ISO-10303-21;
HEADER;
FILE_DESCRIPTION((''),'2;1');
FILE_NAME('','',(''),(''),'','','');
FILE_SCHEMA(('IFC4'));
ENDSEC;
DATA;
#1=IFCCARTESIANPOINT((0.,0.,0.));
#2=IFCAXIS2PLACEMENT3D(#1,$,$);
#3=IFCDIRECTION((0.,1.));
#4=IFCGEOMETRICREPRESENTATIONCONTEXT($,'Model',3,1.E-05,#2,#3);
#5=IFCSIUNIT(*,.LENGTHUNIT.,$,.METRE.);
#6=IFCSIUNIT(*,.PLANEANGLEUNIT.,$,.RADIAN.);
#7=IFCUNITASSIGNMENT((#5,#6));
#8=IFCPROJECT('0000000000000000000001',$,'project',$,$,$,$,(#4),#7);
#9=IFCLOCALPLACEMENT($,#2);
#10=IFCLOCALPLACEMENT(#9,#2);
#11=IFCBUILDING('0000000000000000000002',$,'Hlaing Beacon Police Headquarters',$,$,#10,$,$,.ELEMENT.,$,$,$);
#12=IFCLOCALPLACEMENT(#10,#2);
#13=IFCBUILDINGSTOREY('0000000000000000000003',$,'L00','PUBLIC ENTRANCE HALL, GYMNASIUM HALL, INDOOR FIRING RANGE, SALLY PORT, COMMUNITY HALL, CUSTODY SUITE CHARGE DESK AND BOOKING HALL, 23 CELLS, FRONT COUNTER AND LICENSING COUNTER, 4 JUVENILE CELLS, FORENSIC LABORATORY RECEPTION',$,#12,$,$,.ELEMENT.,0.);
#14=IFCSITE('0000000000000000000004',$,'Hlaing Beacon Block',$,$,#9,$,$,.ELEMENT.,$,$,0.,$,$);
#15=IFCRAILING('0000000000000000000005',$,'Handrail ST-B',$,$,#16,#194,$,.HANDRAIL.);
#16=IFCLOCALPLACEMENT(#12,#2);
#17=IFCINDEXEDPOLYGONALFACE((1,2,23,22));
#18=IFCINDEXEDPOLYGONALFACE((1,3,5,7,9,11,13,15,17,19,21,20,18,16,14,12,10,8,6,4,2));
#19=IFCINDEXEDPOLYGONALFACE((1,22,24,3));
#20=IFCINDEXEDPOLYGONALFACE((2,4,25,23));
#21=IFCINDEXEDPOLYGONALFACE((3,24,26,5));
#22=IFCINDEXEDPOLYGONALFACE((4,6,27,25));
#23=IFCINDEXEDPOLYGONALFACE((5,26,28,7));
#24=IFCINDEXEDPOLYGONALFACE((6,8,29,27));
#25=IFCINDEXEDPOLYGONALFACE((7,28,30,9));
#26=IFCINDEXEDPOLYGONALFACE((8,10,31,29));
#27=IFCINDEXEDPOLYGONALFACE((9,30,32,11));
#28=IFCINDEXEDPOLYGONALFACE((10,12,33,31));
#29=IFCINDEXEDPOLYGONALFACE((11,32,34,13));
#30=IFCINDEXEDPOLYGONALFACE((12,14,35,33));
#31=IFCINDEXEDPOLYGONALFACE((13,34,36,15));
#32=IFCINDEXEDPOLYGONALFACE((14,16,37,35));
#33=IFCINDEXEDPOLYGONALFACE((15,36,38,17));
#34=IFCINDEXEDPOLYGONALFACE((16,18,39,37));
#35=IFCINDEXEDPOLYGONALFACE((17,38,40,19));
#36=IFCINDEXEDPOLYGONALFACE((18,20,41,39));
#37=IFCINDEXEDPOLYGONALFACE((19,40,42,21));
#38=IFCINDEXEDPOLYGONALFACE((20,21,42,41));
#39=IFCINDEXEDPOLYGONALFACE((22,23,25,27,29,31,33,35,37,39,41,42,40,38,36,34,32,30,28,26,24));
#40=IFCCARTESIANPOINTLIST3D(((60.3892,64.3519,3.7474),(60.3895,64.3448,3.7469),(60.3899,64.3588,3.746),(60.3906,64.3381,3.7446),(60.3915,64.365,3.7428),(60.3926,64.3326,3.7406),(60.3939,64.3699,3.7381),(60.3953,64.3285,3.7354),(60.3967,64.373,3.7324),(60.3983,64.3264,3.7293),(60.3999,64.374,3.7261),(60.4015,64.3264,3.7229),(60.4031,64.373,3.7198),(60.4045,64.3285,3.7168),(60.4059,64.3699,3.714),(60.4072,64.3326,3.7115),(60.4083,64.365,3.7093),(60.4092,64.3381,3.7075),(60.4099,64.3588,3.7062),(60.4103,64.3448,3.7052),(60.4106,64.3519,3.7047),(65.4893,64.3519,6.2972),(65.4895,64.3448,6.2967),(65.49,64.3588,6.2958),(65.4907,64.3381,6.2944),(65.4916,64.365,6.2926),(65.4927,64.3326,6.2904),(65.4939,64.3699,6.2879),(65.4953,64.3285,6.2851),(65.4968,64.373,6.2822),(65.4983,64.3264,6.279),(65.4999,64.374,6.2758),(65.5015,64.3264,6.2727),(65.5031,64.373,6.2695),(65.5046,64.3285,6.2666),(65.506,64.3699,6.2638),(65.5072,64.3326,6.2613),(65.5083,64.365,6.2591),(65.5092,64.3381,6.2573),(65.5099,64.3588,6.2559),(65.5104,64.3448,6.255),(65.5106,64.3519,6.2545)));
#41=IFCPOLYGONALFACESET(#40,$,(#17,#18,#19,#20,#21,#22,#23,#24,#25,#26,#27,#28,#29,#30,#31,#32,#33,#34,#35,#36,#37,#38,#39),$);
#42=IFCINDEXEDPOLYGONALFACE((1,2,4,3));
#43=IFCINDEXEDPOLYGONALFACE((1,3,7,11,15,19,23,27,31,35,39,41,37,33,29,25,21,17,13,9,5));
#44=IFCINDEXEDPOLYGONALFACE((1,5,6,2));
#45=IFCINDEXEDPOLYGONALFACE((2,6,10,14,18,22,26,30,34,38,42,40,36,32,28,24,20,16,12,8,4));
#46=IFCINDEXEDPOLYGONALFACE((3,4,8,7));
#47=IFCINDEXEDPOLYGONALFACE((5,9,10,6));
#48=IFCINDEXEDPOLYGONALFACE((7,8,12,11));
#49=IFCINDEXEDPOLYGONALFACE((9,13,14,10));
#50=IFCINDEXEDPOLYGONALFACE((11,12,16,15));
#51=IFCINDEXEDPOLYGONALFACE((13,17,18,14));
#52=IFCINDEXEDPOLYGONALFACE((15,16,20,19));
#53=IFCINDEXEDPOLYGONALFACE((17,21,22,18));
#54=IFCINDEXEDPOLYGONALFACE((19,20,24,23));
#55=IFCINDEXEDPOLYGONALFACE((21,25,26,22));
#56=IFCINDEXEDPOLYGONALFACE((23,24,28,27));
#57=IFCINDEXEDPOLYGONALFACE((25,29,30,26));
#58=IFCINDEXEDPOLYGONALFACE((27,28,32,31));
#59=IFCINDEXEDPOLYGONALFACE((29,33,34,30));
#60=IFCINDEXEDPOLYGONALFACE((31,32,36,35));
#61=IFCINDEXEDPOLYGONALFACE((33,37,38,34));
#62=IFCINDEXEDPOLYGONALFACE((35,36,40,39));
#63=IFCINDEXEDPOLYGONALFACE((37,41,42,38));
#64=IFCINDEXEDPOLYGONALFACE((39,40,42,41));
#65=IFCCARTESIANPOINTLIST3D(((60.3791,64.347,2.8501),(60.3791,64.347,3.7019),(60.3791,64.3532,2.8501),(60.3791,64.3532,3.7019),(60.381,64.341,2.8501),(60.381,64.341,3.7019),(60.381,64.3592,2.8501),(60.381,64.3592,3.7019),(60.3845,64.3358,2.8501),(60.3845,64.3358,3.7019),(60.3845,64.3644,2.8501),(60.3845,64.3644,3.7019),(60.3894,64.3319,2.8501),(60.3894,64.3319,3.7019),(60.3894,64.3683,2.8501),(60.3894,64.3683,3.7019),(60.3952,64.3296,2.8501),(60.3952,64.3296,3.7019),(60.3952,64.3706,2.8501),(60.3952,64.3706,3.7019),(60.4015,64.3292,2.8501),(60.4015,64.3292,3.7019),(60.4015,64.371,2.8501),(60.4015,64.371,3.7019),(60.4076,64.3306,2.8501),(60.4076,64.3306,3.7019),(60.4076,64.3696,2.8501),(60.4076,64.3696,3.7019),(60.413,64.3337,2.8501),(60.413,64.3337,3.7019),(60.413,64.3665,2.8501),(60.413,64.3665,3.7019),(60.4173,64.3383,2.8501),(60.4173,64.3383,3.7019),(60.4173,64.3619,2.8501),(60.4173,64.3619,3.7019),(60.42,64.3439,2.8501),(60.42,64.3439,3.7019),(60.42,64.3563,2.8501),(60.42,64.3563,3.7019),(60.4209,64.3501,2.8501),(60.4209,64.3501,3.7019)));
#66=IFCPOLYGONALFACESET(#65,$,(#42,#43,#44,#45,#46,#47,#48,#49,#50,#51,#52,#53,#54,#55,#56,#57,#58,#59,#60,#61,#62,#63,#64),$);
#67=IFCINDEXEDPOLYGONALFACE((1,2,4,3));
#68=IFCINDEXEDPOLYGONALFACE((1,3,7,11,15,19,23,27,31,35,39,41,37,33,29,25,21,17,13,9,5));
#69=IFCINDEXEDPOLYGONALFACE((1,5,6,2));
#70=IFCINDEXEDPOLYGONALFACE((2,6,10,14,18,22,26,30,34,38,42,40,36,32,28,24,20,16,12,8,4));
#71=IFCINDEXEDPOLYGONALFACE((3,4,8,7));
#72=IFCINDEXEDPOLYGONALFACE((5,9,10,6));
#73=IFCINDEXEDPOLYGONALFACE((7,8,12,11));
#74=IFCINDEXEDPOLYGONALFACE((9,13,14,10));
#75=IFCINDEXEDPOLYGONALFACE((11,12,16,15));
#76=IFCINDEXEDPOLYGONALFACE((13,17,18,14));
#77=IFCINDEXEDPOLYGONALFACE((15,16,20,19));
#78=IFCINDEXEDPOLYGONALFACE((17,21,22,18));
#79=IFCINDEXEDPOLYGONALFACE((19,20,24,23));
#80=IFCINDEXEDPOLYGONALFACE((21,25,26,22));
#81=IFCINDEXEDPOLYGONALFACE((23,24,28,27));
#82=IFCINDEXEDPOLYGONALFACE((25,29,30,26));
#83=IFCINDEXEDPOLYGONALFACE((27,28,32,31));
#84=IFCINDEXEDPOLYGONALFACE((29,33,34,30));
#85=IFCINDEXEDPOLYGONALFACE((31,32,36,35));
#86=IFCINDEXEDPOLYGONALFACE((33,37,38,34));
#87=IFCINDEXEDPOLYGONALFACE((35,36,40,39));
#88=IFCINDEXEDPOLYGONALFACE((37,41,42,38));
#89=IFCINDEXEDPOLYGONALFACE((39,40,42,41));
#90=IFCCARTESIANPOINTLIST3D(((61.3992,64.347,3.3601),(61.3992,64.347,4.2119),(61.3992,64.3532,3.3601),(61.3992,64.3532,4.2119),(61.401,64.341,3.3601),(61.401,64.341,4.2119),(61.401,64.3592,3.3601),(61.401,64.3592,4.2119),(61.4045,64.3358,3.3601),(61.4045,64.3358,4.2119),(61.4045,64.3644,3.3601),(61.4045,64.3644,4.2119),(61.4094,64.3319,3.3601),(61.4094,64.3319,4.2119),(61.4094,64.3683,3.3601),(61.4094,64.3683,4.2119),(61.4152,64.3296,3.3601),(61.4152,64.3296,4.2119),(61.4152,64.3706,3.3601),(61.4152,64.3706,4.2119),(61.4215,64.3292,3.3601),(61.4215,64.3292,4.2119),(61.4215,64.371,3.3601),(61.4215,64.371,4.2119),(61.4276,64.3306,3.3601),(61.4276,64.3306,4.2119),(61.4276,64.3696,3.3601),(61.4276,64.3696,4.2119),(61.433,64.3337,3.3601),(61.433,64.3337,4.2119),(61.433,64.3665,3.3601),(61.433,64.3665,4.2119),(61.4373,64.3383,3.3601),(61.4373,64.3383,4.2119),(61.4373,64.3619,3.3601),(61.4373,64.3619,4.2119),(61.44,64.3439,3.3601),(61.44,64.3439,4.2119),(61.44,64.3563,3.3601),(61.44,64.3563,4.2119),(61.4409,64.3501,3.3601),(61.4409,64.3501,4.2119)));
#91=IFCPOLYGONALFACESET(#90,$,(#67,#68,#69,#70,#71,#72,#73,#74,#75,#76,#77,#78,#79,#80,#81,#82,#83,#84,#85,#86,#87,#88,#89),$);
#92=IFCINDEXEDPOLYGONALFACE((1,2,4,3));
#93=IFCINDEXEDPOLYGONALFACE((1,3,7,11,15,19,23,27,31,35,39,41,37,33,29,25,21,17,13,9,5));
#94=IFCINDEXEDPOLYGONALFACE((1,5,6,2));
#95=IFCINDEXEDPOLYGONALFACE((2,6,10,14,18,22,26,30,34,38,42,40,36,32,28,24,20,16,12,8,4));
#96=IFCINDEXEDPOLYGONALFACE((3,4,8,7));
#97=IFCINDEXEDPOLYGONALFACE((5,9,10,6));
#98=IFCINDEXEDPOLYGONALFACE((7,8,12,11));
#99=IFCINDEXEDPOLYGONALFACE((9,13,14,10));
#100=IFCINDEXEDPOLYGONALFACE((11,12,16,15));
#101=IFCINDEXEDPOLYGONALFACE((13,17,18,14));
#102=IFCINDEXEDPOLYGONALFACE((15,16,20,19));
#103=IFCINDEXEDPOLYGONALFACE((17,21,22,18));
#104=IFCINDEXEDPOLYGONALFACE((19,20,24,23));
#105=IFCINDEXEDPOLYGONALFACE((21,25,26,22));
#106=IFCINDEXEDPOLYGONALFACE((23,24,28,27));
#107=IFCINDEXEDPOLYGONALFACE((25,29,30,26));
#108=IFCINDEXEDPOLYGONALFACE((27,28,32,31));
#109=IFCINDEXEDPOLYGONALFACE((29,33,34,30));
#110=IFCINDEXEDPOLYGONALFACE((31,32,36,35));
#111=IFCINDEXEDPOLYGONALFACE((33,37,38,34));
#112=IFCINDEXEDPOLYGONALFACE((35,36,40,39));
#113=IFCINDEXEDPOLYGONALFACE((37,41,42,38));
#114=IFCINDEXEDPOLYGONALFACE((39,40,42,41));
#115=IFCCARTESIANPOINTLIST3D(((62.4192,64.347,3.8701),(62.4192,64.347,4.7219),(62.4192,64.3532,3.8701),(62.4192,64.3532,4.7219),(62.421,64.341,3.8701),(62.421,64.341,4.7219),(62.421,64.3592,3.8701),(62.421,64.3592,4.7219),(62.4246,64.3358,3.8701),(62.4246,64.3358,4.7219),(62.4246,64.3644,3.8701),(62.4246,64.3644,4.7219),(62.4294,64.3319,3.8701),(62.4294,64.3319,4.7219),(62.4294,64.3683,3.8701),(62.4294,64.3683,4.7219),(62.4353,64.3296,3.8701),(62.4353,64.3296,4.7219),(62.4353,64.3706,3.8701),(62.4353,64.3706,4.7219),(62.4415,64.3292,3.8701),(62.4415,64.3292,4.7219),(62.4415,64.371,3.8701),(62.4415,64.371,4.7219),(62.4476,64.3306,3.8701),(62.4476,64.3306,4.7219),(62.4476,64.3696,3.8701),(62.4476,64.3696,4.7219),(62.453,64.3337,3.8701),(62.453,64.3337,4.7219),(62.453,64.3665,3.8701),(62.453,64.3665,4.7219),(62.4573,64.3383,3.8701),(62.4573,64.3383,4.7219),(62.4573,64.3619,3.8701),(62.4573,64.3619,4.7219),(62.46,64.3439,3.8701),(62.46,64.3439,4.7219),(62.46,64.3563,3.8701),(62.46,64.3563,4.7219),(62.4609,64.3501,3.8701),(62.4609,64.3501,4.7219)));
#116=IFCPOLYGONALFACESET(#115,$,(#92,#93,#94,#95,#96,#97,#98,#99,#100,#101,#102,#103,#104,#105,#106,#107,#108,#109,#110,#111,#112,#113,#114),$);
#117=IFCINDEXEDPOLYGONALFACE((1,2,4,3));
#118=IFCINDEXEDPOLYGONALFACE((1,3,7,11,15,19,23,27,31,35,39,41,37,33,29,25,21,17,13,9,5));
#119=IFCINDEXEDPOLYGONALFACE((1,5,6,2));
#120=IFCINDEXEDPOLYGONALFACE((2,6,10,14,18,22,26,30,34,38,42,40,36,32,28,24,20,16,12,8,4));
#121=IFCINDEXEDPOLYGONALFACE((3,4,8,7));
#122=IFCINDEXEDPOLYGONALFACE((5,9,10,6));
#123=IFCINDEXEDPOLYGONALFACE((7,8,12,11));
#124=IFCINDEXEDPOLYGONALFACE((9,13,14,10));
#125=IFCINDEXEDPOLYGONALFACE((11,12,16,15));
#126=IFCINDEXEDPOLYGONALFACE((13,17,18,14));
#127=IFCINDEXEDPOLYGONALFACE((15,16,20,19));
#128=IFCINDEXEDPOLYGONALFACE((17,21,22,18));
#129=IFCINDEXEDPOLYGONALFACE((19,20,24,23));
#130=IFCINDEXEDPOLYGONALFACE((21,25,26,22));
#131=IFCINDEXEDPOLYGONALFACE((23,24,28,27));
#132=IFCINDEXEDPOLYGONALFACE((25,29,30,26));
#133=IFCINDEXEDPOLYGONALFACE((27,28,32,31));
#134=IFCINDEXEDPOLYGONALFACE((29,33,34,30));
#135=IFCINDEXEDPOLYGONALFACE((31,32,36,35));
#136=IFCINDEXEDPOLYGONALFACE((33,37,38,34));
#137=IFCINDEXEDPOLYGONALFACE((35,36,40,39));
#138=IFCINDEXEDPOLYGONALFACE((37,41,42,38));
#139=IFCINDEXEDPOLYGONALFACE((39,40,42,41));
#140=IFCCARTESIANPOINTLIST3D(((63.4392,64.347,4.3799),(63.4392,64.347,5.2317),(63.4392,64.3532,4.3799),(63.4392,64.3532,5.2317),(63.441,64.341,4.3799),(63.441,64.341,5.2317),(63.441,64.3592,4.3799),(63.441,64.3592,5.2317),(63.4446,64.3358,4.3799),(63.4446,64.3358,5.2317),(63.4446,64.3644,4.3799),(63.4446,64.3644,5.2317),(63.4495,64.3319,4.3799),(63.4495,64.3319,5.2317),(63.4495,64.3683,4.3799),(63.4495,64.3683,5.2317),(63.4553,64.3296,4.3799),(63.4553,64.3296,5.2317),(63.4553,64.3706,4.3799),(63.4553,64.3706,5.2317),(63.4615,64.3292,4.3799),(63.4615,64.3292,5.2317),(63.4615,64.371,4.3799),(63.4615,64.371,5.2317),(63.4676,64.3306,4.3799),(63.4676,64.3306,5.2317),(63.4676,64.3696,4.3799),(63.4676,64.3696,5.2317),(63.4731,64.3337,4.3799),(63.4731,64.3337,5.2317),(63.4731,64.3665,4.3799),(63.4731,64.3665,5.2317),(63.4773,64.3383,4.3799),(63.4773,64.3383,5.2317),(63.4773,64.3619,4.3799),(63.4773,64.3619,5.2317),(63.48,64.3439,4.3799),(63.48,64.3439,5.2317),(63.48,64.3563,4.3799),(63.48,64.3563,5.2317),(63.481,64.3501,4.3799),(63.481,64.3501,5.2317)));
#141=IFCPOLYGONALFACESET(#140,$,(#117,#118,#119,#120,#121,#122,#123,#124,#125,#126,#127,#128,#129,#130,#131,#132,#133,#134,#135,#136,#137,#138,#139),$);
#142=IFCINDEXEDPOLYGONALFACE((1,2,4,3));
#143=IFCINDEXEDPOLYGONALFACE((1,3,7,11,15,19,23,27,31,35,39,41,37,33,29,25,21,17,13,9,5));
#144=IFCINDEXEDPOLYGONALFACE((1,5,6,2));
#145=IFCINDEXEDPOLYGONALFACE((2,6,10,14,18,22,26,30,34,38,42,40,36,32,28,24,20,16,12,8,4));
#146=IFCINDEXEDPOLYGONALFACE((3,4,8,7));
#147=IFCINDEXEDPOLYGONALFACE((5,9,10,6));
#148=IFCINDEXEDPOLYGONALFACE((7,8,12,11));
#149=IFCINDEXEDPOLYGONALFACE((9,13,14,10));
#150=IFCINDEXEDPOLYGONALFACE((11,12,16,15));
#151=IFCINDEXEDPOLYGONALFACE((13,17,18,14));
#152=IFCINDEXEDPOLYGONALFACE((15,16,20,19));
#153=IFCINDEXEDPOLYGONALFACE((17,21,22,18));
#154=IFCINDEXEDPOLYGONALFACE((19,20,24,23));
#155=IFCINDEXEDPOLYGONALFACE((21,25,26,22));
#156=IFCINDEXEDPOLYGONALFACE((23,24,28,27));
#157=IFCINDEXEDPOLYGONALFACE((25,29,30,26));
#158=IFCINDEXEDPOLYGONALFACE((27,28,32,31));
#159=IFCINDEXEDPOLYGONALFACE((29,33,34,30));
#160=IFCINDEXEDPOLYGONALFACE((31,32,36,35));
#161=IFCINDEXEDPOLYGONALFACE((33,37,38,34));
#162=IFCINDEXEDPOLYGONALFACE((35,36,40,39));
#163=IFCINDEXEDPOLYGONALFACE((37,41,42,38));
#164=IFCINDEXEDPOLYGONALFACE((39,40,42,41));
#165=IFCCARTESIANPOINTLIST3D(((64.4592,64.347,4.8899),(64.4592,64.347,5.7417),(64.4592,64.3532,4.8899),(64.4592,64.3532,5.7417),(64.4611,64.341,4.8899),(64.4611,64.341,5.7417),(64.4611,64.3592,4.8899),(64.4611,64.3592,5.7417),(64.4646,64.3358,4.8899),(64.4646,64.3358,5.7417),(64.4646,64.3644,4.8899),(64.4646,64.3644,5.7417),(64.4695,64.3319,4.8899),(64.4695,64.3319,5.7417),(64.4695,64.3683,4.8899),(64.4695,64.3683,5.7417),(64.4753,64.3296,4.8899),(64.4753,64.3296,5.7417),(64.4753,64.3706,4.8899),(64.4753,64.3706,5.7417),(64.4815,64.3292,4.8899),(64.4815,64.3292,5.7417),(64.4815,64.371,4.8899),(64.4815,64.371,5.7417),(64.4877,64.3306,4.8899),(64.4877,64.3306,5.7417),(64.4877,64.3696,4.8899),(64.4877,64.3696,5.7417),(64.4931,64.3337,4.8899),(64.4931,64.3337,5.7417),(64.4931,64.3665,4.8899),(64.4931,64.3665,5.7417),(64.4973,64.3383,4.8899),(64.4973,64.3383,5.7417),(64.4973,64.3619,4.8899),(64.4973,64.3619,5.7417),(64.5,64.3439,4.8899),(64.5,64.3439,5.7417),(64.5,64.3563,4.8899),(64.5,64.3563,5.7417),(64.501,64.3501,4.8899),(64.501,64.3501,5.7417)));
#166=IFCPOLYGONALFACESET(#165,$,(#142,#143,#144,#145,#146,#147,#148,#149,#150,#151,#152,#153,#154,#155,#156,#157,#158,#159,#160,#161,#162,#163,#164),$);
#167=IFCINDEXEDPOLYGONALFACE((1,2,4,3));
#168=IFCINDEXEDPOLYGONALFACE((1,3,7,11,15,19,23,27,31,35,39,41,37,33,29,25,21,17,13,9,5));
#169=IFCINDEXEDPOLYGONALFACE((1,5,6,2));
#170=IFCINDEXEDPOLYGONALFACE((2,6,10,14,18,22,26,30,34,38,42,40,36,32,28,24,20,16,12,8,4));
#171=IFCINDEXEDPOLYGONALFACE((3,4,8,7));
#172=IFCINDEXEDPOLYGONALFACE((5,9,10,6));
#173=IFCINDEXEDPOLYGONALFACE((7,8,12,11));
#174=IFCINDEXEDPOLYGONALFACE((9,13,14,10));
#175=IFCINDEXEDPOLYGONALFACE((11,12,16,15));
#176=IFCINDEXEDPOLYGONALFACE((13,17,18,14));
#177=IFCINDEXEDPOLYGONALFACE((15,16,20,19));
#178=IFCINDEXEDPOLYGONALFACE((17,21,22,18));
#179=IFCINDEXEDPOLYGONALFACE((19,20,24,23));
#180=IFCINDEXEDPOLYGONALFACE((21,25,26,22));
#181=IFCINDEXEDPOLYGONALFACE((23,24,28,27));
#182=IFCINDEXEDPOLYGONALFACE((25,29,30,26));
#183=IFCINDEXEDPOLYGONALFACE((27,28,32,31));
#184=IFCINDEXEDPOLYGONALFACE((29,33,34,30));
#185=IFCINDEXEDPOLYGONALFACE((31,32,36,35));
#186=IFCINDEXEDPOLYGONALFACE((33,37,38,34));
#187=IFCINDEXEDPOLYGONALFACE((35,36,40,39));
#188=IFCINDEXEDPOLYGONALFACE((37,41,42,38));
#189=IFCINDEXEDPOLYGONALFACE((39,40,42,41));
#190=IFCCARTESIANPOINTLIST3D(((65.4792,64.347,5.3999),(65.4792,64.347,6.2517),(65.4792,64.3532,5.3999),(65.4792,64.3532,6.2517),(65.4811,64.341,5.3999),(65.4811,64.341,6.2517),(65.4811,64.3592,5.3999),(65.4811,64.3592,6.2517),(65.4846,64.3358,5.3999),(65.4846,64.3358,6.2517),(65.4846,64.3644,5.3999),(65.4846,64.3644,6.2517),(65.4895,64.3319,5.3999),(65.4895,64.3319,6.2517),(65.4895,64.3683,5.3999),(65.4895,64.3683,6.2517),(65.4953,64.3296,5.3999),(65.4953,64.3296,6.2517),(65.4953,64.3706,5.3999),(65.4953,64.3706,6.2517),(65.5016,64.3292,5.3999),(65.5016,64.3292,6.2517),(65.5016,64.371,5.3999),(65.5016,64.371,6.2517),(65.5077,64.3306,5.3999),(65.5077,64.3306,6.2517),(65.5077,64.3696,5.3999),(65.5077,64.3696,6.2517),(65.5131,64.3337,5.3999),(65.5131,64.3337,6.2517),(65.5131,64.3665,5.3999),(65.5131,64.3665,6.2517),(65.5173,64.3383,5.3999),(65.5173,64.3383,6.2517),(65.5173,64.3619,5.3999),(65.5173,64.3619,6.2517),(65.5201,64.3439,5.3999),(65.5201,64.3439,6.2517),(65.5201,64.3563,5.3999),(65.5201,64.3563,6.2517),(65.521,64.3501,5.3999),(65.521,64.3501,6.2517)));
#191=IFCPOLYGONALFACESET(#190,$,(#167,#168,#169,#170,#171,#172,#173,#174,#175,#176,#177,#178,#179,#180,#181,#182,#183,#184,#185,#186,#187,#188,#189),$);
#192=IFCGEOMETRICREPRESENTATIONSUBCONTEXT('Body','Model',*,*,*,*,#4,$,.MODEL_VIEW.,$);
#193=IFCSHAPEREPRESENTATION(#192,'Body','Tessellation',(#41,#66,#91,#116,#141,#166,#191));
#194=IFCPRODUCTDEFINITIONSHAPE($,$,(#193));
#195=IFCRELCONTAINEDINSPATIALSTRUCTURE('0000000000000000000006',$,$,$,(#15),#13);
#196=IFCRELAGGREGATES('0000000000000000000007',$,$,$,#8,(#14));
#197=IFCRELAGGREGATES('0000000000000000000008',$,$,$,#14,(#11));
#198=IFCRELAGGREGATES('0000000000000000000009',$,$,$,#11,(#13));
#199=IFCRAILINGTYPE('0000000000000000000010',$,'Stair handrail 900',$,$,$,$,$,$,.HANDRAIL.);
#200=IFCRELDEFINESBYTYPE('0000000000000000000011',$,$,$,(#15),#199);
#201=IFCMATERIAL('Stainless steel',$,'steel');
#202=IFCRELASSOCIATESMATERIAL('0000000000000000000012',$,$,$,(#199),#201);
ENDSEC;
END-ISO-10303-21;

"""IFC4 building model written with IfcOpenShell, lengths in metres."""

from ifc_helpers import new_model, si_unit, direction, frame, origin, origin_2d, place, context, subcontext, project, spatial, circle, extrude, material, type_object, element, save


model = new_model("IFC4")

# Units and contexts
model_context = context("Model", 3, precision=1e-05, world=origin(), true_north=direction((0.0, 1.0)))
body_context = subcontext(model_context, "Body", "Model", "MODEL_VIEW")
ifc_project = project(units=[si_unit("LENGTHUNIT", "METRE"), si_unit("PLANEANGLEUNIT", "RADIAN")], contexts=[model_context])

# Site, building, storey
site_placement = place(None, origin())
site = spatial("IfcSite", under=ifc_project, at=site_placement, Name="Hlaing Beacon Block", CompositionType="ELEMENT", RefElevation=0.0)
building_placement = place(site_placement, origin())
building = spatial("IfcBuilding", under=site, at=building_placement, Name="Hlaing Beacon Police Headquarters", CompositionType="ELEMENT")
storey_placement = place(building_placement, origin())
storey = spatial("IfcBuildingStorey", under=building, at=storey_placement, Name="L00", Description="PUBLIC ENTRANCE HALL, GYMNASIUM HALL, INDOOR FIRING RANGE, SALLY PORT, COMMUNITY HALL, CUSTODY SUITE CHARGE DESK AND BOOKING HALL, 23 CELLS, FRONT COUNTER AND LICENSING COUNTER, 4 JUVENILE CELLS, FORENSIC LABORATORY RECEPTION", CompositionType="ELEMENT", Elevation=0.0)

# Railing
ifc_material_1 = material(Name="Stainless steel", Category="steel")
railing_type_1 = type_object("IfcRailingType", Name="Stair handrail 900", PredefinedType="HANDRAIL", material=ifc_material_1)
for number, where, name in (
    (1, (60.3999, 64.3501, 2.8501), "Handrail ST-B"),
):
    element("IfcRailing", number, at=place(storey_placement, frame(where)), inside=storey, type_object=railing_type_1, Name=name, PredefinedType="HANDRAIL", context=body_context, shape_type="SweptSolid", body=[
        extrude(circle(Radius=0.0239, at=origin_2d()), frame((0.0, 0.0, 0.876), z_axis=(0.894444, 0.0, 0.447179), x_axis=(0.0, 1.0, 0.0)), (0.0, 0.0, 1.0), 5.7019),
        extrude(circle(Radius=0.021, at=origin_2d()), origin(), (0.0, 0.0, 1.0), 0.8518),
        extrude(circle(Radius=0.021, at=origin_2d()), frame((1.02, 0.0, 0.51)), (0.0, 0.0, 1.0), 0.8518),
        extrude(circle(Radius=0.021, at=origin_2d()), frame((2.04, 0.0, 1.02)), (0.0, 0.0, 1.0), 0.8518),
        extrude(circle(Radius=0.021, at=origin_2d()), frame((3.0601, 0.0, 1.5298)), (0.0, 0.0, 1.0), 0.8518),
        extrude(circle(Radius=0.021, at=origin_2d()), frame((4.0801, 0.0, 2.0398)), (0.0, 0.0, 1.0), 0.8518),
        extrude(circle(Radius=0.021, at=origin_2d()), frame((5.1001, 0.0, 2.5498)), (0.0, 0.0, 1.0), 0.8518),
    ])

save(model, "model.ifc")
